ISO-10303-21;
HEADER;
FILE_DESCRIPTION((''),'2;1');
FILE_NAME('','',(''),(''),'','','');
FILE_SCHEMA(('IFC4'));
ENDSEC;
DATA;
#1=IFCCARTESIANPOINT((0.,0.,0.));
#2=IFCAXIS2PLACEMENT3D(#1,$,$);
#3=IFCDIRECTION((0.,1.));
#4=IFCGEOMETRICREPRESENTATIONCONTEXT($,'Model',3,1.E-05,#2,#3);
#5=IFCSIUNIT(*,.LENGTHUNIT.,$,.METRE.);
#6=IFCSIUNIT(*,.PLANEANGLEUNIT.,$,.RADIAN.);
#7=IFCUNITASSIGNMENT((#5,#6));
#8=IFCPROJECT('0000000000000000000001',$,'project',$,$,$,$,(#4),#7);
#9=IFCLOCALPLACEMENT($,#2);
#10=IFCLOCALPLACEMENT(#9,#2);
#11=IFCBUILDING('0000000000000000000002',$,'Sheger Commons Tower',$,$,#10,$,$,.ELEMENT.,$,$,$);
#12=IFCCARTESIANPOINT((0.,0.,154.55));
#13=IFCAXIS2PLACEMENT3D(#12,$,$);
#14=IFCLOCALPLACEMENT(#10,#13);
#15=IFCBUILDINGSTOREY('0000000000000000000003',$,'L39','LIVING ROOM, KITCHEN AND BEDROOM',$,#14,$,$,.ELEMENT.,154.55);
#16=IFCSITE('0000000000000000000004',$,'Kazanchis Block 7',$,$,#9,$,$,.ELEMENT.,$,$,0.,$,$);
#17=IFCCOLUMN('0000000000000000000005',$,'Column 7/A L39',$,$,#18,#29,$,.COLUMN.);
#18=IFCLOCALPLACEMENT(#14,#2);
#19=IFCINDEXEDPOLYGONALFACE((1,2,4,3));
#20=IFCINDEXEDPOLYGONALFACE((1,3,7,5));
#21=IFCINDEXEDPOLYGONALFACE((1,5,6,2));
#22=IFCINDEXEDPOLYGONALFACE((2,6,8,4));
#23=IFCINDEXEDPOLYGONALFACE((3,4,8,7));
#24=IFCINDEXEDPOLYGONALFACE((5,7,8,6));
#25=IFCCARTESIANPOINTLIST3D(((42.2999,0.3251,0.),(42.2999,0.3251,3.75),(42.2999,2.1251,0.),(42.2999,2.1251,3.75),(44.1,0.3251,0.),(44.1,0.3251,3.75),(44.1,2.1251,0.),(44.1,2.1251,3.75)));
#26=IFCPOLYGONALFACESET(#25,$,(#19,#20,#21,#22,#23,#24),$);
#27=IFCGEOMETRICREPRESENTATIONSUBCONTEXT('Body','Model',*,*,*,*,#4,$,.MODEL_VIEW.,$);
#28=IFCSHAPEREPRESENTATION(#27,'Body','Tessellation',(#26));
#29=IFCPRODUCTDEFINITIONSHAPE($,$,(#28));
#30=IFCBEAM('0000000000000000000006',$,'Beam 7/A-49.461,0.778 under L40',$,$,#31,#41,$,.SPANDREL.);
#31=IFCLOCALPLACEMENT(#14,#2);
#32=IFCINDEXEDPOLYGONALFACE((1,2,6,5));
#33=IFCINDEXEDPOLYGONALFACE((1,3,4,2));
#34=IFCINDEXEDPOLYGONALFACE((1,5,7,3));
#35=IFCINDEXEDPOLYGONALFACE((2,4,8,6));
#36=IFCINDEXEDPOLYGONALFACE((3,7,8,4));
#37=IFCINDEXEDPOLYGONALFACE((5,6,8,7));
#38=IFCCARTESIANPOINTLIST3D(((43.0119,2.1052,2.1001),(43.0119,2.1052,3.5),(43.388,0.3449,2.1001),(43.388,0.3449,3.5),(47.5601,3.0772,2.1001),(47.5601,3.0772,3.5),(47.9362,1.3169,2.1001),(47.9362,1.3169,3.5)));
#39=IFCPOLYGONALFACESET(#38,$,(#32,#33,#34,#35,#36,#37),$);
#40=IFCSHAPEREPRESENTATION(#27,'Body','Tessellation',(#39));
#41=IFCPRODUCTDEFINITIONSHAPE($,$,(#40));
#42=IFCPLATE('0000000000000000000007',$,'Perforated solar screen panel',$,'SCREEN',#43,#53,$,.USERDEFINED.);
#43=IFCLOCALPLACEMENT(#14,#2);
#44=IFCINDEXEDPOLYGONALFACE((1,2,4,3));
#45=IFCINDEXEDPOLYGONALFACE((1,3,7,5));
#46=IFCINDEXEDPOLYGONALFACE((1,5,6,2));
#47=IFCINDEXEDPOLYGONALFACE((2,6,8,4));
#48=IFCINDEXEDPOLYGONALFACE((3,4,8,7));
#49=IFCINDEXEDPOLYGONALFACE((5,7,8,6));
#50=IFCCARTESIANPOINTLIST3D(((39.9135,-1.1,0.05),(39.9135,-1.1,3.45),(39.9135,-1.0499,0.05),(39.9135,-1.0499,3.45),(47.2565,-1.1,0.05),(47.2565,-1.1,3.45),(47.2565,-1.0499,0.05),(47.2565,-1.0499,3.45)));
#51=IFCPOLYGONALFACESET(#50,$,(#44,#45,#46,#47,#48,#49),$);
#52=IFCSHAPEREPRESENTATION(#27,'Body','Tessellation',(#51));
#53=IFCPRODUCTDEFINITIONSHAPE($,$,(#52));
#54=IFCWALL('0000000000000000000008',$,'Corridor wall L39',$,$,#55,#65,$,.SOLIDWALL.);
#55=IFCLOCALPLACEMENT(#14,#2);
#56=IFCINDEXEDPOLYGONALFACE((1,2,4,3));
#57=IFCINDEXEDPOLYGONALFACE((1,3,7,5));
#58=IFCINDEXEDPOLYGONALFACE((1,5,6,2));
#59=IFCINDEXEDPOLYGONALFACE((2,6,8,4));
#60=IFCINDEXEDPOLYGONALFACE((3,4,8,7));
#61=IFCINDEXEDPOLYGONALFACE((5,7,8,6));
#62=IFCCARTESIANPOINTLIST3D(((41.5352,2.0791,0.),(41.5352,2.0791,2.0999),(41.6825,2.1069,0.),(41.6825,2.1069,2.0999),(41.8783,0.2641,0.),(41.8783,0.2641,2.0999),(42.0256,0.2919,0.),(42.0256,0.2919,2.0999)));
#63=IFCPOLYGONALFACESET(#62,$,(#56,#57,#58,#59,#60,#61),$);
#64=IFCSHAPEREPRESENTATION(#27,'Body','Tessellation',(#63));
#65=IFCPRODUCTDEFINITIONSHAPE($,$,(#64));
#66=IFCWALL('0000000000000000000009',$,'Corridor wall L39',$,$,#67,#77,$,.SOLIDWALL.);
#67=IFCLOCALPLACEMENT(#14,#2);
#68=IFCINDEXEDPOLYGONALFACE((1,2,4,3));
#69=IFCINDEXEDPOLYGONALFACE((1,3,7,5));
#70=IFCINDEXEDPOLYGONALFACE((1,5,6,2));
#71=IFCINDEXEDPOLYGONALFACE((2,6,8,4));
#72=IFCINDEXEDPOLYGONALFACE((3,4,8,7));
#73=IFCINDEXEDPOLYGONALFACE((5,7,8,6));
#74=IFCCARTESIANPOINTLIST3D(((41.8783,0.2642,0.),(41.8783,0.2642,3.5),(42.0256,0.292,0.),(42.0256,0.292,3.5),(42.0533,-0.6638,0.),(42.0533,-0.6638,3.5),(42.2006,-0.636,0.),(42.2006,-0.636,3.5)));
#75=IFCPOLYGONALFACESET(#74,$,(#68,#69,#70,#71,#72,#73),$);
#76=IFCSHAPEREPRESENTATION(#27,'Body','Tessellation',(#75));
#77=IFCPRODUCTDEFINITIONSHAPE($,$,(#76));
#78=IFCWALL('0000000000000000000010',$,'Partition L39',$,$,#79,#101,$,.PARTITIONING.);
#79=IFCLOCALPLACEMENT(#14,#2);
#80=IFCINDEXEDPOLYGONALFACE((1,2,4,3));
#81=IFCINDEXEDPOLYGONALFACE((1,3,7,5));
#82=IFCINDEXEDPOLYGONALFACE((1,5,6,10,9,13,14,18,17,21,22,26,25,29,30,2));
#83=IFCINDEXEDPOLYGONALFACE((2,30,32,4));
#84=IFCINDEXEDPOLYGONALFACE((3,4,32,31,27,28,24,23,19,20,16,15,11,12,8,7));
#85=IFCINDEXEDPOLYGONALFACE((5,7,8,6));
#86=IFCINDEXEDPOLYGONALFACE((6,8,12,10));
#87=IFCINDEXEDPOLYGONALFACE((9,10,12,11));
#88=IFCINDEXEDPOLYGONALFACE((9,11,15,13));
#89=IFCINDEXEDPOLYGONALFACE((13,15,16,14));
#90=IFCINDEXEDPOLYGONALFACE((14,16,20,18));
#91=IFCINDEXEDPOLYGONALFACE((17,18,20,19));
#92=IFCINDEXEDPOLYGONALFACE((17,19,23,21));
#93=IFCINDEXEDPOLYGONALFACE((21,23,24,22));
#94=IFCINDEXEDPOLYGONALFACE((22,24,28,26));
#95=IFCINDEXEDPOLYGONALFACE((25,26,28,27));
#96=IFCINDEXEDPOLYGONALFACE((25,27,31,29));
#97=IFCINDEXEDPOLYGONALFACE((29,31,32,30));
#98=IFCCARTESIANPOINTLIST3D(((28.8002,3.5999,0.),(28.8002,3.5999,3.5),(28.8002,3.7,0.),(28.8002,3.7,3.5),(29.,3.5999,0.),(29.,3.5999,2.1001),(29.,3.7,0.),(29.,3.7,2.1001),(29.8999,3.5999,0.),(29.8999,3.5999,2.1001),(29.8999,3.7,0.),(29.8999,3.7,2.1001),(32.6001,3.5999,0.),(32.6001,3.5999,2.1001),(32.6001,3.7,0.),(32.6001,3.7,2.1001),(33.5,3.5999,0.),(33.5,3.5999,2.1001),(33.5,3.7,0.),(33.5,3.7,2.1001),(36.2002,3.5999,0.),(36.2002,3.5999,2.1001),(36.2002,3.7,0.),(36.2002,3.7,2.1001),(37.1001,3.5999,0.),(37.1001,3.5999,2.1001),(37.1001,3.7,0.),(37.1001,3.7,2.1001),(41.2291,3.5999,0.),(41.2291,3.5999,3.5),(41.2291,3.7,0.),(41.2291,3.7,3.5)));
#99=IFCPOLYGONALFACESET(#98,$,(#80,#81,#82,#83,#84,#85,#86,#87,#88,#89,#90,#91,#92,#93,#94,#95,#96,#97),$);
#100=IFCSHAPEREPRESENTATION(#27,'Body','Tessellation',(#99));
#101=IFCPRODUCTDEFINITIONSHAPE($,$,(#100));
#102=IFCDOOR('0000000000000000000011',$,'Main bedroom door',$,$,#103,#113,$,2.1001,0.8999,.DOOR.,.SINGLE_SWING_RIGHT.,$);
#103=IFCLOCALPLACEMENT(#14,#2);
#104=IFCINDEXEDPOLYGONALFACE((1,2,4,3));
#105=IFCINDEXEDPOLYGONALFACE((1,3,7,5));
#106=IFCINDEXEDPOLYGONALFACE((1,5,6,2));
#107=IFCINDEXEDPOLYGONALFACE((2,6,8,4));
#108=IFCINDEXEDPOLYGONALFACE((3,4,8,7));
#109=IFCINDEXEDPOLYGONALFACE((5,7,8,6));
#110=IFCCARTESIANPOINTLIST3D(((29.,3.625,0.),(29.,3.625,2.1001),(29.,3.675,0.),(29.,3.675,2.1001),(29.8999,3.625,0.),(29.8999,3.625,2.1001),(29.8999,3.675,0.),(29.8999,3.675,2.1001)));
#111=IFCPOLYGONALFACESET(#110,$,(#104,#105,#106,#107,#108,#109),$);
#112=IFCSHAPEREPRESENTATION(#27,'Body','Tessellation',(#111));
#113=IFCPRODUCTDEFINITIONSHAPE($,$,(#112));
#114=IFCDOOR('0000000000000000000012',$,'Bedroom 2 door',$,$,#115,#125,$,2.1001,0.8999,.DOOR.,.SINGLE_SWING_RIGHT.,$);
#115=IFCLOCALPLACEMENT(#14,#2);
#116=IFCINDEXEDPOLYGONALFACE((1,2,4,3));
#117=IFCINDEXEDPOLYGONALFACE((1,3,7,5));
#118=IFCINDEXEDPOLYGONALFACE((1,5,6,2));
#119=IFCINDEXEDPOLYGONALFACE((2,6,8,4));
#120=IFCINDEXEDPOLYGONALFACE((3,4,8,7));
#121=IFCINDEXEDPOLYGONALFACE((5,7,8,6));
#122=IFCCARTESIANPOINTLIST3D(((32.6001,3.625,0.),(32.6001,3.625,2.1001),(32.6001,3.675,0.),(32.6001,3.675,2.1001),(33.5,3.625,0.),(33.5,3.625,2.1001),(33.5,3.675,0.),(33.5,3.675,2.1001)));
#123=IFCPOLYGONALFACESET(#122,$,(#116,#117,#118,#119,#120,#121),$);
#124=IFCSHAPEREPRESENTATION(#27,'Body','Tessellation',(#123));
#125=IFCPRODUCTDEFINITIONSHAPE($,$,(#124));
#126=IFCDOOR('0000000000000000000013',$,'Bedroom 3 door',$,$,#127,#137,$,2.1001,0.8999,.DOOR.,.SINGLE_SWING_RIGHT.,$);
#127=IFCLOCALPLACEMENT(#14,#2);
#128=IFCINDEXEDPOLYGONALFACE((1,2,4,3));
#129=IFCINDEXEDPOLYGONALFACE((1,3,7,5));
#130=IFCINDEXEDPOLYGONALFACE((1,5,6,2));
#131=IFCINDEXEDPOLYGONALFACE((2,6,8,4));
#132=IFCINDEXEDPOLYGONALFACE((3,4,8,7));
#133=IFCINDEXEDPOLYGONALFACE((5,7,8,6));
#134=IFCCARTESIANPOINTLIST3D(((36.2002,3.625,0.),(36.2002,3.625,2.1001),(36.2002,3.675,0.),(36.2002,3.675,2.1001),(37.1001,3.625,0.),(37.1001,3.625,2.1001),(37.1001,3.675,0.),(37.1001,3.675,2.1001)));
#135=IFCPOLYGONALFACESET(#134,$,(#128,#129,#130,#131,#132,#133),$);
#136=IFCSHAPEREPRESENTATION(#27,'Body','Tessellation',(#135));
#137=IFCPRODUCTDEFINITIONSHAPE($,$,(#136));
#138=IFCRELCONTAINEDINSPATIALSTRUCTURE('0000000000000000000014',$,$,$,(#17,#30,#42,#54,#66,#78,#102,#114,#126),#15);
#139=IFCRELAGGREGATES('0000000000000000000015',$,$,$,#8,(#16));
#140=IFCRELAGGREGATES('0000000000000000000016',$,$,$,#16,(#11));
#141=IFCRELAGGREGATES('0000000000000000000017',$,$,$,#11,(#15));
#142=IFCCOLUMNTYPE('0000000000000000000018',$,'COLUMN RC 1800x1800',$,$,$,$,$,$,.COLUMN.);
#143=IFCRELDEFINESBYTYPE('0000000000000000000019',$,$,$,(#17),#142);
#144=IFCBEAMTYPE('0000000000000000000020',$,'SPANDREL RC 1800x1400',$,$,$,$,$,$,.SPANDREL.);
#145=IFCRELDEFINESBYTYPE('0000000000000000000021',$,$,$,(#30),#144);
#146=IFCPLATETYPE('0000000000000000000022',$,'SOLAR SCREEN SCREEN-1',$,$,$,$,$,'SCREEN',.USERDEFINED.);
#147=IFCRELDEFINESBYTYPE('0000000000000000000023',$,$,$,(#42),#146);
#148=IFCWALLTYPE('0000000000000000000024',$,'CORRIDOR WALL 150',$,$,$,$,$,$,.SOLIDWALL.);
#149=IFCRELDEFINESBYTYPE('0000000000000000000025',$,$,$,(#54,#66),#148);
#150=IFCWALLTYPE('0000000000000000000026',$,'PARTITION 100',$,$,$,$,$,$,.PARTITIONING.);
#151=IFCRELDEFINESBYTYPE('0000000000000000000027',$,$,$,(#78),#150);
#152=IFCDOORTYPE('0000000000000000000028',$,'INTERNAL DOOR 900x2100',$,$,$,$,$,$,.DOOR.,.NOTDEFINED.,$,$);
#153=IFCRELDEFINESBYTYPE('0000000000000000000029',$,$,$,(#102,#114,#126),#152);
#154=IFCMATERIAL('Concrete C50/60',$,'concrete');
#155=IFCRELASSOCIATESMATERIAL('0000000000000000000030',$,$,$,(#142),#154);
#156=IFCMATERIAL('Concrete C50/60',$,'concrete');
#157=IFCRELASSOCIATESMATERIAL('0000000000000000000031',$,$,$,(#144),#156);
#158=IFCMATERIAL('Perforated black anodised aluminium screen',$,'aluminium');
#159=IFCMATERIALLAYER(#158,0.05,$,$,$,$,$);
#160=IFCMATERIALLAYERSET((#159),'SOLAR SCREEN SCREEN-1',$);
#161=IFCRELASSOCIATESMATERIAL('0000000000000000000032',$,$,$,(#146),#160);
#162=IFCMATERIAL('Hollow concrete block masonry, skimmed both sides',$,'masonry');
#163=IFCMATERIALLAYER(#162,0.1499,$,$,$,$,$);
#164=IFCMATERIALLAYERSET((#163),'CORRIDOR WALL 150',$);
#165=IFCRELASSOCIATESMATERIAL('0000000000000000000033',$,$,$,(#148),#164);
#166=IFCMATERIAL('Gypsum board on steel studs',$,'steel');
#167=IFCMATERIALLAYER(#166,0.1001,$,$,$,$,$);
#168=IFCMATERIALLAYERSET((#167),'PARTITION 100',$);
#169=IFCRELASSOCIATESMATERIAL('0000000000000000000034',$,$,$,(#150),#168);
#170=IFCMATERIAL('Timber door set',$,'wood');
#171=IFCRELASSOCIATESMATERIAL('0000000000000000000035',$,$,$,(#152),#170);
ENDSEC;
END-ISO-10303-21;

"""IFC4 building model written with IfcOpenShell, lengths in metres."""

from ifc_helpers import new_model, si_unit, direction, frame, frame_2d, origin, origin_2d, place, context, subcontext, project, spatial, rectangle, extrude, material, layer, layer_set, material_profile, profile_set, type_object, element, fill, save


model = new_model("IFC4")

# Units and contexts
model_context = context("Model", 3, precision=1e-05, world=origin(), true_north=direction((0.0, 1.0)))
body_context = subcontext(model_context, "Body", "Model", "MODEL_VIEW")
ifc_project = project(units=[si_unit("LENGTHUNIT", "METRE"), si_unit("PLANEANGLEUNIT", "RADIAN")], contexts=[model_context])

# Site, building, storey
site_placement = place(None, origin())
site = spatial("IfcSite", under=ifc_project, at=site_placement, Name="Kazanchis Block 7", CompositionType="ELEMENT", RefElevation=0.0)
building_placement = place(site_placement, origin())
building = spatial("IfcBuilding", under=site, at=building_placement, Name="Sheger Commons Tower", CompositionType="ELEMENT")
storey_placement = place(building_placement, frame((0.0, 0.0, 154.55)))
storey = spatial("IfcBuildingStorey", under=building, at=storey_placement, Name="L39", Description="LIVING ROOM, KITCHEN AND BEDROOM", CompositionType="ELEMENT", Elevation=154.55)

# Column
ifc_material_1 = material(Name="Concrete C50/60", Category="concrete")
ifc_material_profile_1 = material_profile(ifc_material_1, rectangle(XDim=1.8, YDim=1.8, at=origin_2d()), Name="RC 1800x1800")
ifc_profile_set_1 = profile_set([ifc_material_profile_1], Name="Concrete C50/60")
column_type = type_object("IfcColumnType", Name="COLUMN RC 1800x1800", PredefinedType="COLUMN", material=ifc_profile_set_1)
column_placement = place(storey_placement, frame((43.2, 1.2251, 0.0), z_axis=(0.0, 0.0, 1.0), x_axis=(1.0, 0.0, 0.0)))
element("IfcColumn", 1, at=column_placement, inside=storey, type_object=column_type, Name="Column 7/A L39", PredefinedType="COLUMN", context=body_context, shape_type="SweptSolid", body=[
    extrude(rectangle(XDim=1.8, YDim=1.8, at=origin_2d()), origin(), (0.0, 0.0, 1.0), 3.75),
])

# Beam
ifc_material_2 = material(Name="Concrete C50/60", Category="concrete")
ifc_material_profile_2 = material_profile(ifc_material_2, rectangle(XDim=1.8, YDim=1.3999, at=origin_2d()), Name="RC 1800x1400")
ifc_profile_set_2 = profile_set([ifc_material_profile_2], Name="Concrete C50/60")
beam_type = type_object("IfcBeamType", Name="SPANDREL RC 1800x1400", PredefinedType="SPANDREL", material=ifc_profile_set_2)
beam_placement = place(storey_placement, frame((43.2, 1.2251, 2.8), z_axis=(0.97792, 0.208981, 0.0), x_axis=(-0.208981, 0.97792, 0.0)))
element("IfcBeam", 2, at=beam_placement, inside=storey, type_object=beam_type, Name="Beam 7/A-49.461,0.778 under L40", PredefinedType="SPANDREL", context=body_context, shape_type="SweptSolid", body=[
    extrude(rectangle(XDim=1.8, YDim=1.3999, at=origin_2d()), origin(), (0.0, 0.0, 1.0), 4.6509),
])

# Plate
ifc_material_3 = material(Name="Perforated black anodised aluminium screen", Category="aluminium")
ifc_layer_1 = layer(ifc_material_3, 0.05)
ifc_layer_set_1 = layer_set([ifc_layer_1], Name="SOLAR SCREEN SCREEN-1")
plate_type = type_object("IfcPlateType", Name="SOLAR SCREEN SCREEN-1", ElementType="SCREEN", PredefinedType="USERDEFINED", material=ifc_layer_set_1)
plate_placement = place(storey_placement, frame((43.585, -1.075, 0.05), z_axis=(0.0, 0.0, 1.0), x_axis=(1.0, 0.0, 0.0)))
element("IfcPlate", 3, at=plate_placement, inside=storey, type_object=plate_type, Name="Perforated solar screen panel", ObjectType="SCREEN", PredefinedType="USERDEFINED", context=body_context, shape_type="SweptSolid", body=[
    extrude(rectangle(XDim=7.343, YDim=0.05, at=origin_2d()), origin(), (0.0, 0.0, 1.0), 3.3999),
])

# Walls
ifc_material_4 = material(Name="Hollow concrete block masonry, skimmed both sides", Category="masonry")
ifc_layer_2 = layer(ifc_material_4, 0.1499)
ifc_layer_set_2 = layer_set([ifc_layer_2], Name="CORRIDOR WALL 150")
wall_type_1 = type_object("IfcWallType", Name="CORRIDOR WALL 150", PredefinedType="SOLIDWALL", material=ifc_layer_set_2)
wall_1_placement = place(storey_placement, frame((41.6089, 2.093, 0.0), z_axis=(0.0, 0.0, 1.0), x_axis=(0.185709, -0.982605, 0.0)))
element("IfcWall", 4, at=wall_1_placement, inside=storey, type_object=wall_type_1, Name="Corridor wall L39", PredefinedType="SOLIDWALL", context=body_context, shape_type="SweptSolid", body=[
    extrude(rectangle(XDim=1.8472, YDim=0.1499, at=frame_2d((0.9236, 0.0))), origin(), (0.0, 0.0, 1.0), 2.0999),
])
wall_2_placement = place(storey_placement, frame((41.9519, 0.2781, 0.0), z_axis=(0.0, 0.0, 1.0), x_axis=(0.185365, -0.98267, 0.0)))
element("IfcWall", 5, at=wall_2_placement, inside=storey, type_object=wall_type_1, Name="Corridor wall L39", PredefinedType="SOLIDWALL", context=body_context, shape_type="SweptSolid", body=[
    extrude(rectangle(XDim=0.9443, YDim=0.1499, at=frame_2d((0.4722, 0.0))), origin(), (0.0, 0.0, 1.0), 3.5),
])

# Wall, openings, doors
ifc_material_5 = material(Name="Gypsum board on steel studs", Category="steel")
ifc_layer_3 = layer(ifc_material_5, 0.1001)
ifc_layer_set_3 = layer_set([ifc_layer_3], Name="PARTITION 100")
wall_type_2 = type_object("IfcWallType", Name="PARTITION 100", PredefinedType="PARTITIONING", material=ifc_layer_set_3)
wall_3_placement = place(storey_placement, frame((41.229, 3.6499, 0.0), z_axis=(0.0, 0.0, 1.0), x_axis=(-1.0, 0.0, 0.0)))
wall_3 = element("IfcWall", 6, at=wall_3_placement, inside=storey, type_object=wall_type_2, Name="Partition L39", PredefinedType="PARTITIONING", context=body_context, shape_type="SweptSolid", body=[
    extrude(rectangle(XDim=12.429, YDim=0.1001, at=frame_2d((6.2144, 0.0))), origin(), (0.0, 0.0, 1.0), 3.5),
])
opening_1_placement = place(wall_3_placement, frame((11.3291, 0.0, 0.0)))
opening_1 = element("IfcOpeningElement", 7, at=opening_1_placement, cuts=wall_3, PredefinedType="OPENING", context=body_context, shape_type="SweptSolid", body=[
    extrude(rectangle(XDim=0.8999, YDim=2.1001, at=frame_2d((0.45, 1.05))), frame((0.0, 0.0601, 0.0), z_axis=(0.0, -1.0, 0.0), x_axis=(1.0, 0.0, 0.0)), (0.0, 0.0, 1.0), 0.1201),
])
opening_2_placement = place(wall_3_placement, frame((7.729, 0.0, 0.0)))
opening_2 = element("IfcOpeningElement", 8, at=opening_2_placement, cuts=wall_3, PredefinedType="OPENING", context=body_context, shape_type="SweptSolid", body=[
    extrude(rectangle(XDim=0.8999, YDim=2.1001, at=frame_2d((0.45, 1.05))), frame((0.0, 0.0601, 0.0), z_axis=(0.0, -1.0, 0.0), x_axis=(1.0, 0.0, 0.0)), (0.0, 0.0, 1.0), 0.1201),
])
opening_3_placement = place(wall_3_placement, frame((4.1289, 0.0, 0.0)))
opening_3 = element("IfcOpeningElement", 9, at=opening_3_placement, cuts=wall_3, PredefinedType="OPENING", context=body_context, shape_type="SweptSolid", body=[
    extrude(rectangle(XDim=0.8999, YDim=2.1001, at=frame_2d((0.45, 1.05))), frame((0.0, 0.0601, 0.0), z_axis=(0.0, -1.0, 0.0), x_axis=(1.0, 0.0, 0.0)), (0.0, 0.0, 1.0), 0.1201),
])
ifc_material_6 = material(Name="Timber door set", Category="wood")
door_type = type_object("IfcDoorType", Name="INTERNAL DOOR 900x2100", OperationType="NOTDEFINED", PredefinedType="DOOR", material=ifc_material_6)
door_1_placement = place(opening_1_placement, origin())
door_1 = element("IfcDoor", 10, at=door_1_placement, inside=storey, type_object=door_type, Name="Main bedroom door", OperationType="SINGLE_SWING_RIGHT", OverallHeight=2.1001, OverallWidth=0.8999, PredefinedType="DOOR", context=body_context, shape_type="SweptSolid", body=[
    extrude(rectangle(XDim=0.8999, YDim=2.1001, at=frame_2d((0.45, 1.05))), frame((0.0, 0.0249, 0.0), z_axis=(0.0, -1.0, 0.0), x_axis=(1.0, 0.0, 0.0)), (0.0, 0.0, 1.0), 0.05),
])
fill(opening_1, door_1)
door_2_placement = place(opening_2_placement, origin())
door_2 = element("IfcDoor", 11, at=door_2_placement, inside=storey, type_object=door_type, Name="Bedroom 2 door", OperationType="SINGLE_SWING_RIGHT", OverallHeight=2.1001, OverallWidth=0.8999, PredefinedType="DOOR", context=body_context, shape_type="SweptSolid", body=[
    extrude(rectangle(XDim=0.8999, YDim=2.1001, at=frame_2d((0.45, 1.05))), frame((0.0, 0.0249, 0.0), z_axis=(0.0, -1.0, 0.0), x_axis=(1.0, 0.0, 0.0)), (0.0, 0.0, 1.0), 0.05),
])
fill(opening_2, door_2)
door_3_placement = place(opening_3_placement, origin())
door_3 = element("IfcDoor", 12, at=door_3_placement, inside=storey, type_object=door_type, Name="Bedroom 3 door", OperationType="SINGLE_SWING_RIGHT", OverallHeight=2.1001, OverallWidth=0.8999, PredefinedType="DOOR", context=body_context, shape_type="SweptSolid", body=[
    extrude(rectangle(XDim=0.8999, YDim=2.1001, at=frame_2d((0.45, 1.05))), frame((0.0, 0.0249, 0.0), z_axis=(0.0, -1.0, 0.0), x_axis=(1.0, 0.0, 0.0)), (0.0, 0.0, 1.0), 0.05),
])
fill(opening_3, door_3)

save(model, "model.ifc")
